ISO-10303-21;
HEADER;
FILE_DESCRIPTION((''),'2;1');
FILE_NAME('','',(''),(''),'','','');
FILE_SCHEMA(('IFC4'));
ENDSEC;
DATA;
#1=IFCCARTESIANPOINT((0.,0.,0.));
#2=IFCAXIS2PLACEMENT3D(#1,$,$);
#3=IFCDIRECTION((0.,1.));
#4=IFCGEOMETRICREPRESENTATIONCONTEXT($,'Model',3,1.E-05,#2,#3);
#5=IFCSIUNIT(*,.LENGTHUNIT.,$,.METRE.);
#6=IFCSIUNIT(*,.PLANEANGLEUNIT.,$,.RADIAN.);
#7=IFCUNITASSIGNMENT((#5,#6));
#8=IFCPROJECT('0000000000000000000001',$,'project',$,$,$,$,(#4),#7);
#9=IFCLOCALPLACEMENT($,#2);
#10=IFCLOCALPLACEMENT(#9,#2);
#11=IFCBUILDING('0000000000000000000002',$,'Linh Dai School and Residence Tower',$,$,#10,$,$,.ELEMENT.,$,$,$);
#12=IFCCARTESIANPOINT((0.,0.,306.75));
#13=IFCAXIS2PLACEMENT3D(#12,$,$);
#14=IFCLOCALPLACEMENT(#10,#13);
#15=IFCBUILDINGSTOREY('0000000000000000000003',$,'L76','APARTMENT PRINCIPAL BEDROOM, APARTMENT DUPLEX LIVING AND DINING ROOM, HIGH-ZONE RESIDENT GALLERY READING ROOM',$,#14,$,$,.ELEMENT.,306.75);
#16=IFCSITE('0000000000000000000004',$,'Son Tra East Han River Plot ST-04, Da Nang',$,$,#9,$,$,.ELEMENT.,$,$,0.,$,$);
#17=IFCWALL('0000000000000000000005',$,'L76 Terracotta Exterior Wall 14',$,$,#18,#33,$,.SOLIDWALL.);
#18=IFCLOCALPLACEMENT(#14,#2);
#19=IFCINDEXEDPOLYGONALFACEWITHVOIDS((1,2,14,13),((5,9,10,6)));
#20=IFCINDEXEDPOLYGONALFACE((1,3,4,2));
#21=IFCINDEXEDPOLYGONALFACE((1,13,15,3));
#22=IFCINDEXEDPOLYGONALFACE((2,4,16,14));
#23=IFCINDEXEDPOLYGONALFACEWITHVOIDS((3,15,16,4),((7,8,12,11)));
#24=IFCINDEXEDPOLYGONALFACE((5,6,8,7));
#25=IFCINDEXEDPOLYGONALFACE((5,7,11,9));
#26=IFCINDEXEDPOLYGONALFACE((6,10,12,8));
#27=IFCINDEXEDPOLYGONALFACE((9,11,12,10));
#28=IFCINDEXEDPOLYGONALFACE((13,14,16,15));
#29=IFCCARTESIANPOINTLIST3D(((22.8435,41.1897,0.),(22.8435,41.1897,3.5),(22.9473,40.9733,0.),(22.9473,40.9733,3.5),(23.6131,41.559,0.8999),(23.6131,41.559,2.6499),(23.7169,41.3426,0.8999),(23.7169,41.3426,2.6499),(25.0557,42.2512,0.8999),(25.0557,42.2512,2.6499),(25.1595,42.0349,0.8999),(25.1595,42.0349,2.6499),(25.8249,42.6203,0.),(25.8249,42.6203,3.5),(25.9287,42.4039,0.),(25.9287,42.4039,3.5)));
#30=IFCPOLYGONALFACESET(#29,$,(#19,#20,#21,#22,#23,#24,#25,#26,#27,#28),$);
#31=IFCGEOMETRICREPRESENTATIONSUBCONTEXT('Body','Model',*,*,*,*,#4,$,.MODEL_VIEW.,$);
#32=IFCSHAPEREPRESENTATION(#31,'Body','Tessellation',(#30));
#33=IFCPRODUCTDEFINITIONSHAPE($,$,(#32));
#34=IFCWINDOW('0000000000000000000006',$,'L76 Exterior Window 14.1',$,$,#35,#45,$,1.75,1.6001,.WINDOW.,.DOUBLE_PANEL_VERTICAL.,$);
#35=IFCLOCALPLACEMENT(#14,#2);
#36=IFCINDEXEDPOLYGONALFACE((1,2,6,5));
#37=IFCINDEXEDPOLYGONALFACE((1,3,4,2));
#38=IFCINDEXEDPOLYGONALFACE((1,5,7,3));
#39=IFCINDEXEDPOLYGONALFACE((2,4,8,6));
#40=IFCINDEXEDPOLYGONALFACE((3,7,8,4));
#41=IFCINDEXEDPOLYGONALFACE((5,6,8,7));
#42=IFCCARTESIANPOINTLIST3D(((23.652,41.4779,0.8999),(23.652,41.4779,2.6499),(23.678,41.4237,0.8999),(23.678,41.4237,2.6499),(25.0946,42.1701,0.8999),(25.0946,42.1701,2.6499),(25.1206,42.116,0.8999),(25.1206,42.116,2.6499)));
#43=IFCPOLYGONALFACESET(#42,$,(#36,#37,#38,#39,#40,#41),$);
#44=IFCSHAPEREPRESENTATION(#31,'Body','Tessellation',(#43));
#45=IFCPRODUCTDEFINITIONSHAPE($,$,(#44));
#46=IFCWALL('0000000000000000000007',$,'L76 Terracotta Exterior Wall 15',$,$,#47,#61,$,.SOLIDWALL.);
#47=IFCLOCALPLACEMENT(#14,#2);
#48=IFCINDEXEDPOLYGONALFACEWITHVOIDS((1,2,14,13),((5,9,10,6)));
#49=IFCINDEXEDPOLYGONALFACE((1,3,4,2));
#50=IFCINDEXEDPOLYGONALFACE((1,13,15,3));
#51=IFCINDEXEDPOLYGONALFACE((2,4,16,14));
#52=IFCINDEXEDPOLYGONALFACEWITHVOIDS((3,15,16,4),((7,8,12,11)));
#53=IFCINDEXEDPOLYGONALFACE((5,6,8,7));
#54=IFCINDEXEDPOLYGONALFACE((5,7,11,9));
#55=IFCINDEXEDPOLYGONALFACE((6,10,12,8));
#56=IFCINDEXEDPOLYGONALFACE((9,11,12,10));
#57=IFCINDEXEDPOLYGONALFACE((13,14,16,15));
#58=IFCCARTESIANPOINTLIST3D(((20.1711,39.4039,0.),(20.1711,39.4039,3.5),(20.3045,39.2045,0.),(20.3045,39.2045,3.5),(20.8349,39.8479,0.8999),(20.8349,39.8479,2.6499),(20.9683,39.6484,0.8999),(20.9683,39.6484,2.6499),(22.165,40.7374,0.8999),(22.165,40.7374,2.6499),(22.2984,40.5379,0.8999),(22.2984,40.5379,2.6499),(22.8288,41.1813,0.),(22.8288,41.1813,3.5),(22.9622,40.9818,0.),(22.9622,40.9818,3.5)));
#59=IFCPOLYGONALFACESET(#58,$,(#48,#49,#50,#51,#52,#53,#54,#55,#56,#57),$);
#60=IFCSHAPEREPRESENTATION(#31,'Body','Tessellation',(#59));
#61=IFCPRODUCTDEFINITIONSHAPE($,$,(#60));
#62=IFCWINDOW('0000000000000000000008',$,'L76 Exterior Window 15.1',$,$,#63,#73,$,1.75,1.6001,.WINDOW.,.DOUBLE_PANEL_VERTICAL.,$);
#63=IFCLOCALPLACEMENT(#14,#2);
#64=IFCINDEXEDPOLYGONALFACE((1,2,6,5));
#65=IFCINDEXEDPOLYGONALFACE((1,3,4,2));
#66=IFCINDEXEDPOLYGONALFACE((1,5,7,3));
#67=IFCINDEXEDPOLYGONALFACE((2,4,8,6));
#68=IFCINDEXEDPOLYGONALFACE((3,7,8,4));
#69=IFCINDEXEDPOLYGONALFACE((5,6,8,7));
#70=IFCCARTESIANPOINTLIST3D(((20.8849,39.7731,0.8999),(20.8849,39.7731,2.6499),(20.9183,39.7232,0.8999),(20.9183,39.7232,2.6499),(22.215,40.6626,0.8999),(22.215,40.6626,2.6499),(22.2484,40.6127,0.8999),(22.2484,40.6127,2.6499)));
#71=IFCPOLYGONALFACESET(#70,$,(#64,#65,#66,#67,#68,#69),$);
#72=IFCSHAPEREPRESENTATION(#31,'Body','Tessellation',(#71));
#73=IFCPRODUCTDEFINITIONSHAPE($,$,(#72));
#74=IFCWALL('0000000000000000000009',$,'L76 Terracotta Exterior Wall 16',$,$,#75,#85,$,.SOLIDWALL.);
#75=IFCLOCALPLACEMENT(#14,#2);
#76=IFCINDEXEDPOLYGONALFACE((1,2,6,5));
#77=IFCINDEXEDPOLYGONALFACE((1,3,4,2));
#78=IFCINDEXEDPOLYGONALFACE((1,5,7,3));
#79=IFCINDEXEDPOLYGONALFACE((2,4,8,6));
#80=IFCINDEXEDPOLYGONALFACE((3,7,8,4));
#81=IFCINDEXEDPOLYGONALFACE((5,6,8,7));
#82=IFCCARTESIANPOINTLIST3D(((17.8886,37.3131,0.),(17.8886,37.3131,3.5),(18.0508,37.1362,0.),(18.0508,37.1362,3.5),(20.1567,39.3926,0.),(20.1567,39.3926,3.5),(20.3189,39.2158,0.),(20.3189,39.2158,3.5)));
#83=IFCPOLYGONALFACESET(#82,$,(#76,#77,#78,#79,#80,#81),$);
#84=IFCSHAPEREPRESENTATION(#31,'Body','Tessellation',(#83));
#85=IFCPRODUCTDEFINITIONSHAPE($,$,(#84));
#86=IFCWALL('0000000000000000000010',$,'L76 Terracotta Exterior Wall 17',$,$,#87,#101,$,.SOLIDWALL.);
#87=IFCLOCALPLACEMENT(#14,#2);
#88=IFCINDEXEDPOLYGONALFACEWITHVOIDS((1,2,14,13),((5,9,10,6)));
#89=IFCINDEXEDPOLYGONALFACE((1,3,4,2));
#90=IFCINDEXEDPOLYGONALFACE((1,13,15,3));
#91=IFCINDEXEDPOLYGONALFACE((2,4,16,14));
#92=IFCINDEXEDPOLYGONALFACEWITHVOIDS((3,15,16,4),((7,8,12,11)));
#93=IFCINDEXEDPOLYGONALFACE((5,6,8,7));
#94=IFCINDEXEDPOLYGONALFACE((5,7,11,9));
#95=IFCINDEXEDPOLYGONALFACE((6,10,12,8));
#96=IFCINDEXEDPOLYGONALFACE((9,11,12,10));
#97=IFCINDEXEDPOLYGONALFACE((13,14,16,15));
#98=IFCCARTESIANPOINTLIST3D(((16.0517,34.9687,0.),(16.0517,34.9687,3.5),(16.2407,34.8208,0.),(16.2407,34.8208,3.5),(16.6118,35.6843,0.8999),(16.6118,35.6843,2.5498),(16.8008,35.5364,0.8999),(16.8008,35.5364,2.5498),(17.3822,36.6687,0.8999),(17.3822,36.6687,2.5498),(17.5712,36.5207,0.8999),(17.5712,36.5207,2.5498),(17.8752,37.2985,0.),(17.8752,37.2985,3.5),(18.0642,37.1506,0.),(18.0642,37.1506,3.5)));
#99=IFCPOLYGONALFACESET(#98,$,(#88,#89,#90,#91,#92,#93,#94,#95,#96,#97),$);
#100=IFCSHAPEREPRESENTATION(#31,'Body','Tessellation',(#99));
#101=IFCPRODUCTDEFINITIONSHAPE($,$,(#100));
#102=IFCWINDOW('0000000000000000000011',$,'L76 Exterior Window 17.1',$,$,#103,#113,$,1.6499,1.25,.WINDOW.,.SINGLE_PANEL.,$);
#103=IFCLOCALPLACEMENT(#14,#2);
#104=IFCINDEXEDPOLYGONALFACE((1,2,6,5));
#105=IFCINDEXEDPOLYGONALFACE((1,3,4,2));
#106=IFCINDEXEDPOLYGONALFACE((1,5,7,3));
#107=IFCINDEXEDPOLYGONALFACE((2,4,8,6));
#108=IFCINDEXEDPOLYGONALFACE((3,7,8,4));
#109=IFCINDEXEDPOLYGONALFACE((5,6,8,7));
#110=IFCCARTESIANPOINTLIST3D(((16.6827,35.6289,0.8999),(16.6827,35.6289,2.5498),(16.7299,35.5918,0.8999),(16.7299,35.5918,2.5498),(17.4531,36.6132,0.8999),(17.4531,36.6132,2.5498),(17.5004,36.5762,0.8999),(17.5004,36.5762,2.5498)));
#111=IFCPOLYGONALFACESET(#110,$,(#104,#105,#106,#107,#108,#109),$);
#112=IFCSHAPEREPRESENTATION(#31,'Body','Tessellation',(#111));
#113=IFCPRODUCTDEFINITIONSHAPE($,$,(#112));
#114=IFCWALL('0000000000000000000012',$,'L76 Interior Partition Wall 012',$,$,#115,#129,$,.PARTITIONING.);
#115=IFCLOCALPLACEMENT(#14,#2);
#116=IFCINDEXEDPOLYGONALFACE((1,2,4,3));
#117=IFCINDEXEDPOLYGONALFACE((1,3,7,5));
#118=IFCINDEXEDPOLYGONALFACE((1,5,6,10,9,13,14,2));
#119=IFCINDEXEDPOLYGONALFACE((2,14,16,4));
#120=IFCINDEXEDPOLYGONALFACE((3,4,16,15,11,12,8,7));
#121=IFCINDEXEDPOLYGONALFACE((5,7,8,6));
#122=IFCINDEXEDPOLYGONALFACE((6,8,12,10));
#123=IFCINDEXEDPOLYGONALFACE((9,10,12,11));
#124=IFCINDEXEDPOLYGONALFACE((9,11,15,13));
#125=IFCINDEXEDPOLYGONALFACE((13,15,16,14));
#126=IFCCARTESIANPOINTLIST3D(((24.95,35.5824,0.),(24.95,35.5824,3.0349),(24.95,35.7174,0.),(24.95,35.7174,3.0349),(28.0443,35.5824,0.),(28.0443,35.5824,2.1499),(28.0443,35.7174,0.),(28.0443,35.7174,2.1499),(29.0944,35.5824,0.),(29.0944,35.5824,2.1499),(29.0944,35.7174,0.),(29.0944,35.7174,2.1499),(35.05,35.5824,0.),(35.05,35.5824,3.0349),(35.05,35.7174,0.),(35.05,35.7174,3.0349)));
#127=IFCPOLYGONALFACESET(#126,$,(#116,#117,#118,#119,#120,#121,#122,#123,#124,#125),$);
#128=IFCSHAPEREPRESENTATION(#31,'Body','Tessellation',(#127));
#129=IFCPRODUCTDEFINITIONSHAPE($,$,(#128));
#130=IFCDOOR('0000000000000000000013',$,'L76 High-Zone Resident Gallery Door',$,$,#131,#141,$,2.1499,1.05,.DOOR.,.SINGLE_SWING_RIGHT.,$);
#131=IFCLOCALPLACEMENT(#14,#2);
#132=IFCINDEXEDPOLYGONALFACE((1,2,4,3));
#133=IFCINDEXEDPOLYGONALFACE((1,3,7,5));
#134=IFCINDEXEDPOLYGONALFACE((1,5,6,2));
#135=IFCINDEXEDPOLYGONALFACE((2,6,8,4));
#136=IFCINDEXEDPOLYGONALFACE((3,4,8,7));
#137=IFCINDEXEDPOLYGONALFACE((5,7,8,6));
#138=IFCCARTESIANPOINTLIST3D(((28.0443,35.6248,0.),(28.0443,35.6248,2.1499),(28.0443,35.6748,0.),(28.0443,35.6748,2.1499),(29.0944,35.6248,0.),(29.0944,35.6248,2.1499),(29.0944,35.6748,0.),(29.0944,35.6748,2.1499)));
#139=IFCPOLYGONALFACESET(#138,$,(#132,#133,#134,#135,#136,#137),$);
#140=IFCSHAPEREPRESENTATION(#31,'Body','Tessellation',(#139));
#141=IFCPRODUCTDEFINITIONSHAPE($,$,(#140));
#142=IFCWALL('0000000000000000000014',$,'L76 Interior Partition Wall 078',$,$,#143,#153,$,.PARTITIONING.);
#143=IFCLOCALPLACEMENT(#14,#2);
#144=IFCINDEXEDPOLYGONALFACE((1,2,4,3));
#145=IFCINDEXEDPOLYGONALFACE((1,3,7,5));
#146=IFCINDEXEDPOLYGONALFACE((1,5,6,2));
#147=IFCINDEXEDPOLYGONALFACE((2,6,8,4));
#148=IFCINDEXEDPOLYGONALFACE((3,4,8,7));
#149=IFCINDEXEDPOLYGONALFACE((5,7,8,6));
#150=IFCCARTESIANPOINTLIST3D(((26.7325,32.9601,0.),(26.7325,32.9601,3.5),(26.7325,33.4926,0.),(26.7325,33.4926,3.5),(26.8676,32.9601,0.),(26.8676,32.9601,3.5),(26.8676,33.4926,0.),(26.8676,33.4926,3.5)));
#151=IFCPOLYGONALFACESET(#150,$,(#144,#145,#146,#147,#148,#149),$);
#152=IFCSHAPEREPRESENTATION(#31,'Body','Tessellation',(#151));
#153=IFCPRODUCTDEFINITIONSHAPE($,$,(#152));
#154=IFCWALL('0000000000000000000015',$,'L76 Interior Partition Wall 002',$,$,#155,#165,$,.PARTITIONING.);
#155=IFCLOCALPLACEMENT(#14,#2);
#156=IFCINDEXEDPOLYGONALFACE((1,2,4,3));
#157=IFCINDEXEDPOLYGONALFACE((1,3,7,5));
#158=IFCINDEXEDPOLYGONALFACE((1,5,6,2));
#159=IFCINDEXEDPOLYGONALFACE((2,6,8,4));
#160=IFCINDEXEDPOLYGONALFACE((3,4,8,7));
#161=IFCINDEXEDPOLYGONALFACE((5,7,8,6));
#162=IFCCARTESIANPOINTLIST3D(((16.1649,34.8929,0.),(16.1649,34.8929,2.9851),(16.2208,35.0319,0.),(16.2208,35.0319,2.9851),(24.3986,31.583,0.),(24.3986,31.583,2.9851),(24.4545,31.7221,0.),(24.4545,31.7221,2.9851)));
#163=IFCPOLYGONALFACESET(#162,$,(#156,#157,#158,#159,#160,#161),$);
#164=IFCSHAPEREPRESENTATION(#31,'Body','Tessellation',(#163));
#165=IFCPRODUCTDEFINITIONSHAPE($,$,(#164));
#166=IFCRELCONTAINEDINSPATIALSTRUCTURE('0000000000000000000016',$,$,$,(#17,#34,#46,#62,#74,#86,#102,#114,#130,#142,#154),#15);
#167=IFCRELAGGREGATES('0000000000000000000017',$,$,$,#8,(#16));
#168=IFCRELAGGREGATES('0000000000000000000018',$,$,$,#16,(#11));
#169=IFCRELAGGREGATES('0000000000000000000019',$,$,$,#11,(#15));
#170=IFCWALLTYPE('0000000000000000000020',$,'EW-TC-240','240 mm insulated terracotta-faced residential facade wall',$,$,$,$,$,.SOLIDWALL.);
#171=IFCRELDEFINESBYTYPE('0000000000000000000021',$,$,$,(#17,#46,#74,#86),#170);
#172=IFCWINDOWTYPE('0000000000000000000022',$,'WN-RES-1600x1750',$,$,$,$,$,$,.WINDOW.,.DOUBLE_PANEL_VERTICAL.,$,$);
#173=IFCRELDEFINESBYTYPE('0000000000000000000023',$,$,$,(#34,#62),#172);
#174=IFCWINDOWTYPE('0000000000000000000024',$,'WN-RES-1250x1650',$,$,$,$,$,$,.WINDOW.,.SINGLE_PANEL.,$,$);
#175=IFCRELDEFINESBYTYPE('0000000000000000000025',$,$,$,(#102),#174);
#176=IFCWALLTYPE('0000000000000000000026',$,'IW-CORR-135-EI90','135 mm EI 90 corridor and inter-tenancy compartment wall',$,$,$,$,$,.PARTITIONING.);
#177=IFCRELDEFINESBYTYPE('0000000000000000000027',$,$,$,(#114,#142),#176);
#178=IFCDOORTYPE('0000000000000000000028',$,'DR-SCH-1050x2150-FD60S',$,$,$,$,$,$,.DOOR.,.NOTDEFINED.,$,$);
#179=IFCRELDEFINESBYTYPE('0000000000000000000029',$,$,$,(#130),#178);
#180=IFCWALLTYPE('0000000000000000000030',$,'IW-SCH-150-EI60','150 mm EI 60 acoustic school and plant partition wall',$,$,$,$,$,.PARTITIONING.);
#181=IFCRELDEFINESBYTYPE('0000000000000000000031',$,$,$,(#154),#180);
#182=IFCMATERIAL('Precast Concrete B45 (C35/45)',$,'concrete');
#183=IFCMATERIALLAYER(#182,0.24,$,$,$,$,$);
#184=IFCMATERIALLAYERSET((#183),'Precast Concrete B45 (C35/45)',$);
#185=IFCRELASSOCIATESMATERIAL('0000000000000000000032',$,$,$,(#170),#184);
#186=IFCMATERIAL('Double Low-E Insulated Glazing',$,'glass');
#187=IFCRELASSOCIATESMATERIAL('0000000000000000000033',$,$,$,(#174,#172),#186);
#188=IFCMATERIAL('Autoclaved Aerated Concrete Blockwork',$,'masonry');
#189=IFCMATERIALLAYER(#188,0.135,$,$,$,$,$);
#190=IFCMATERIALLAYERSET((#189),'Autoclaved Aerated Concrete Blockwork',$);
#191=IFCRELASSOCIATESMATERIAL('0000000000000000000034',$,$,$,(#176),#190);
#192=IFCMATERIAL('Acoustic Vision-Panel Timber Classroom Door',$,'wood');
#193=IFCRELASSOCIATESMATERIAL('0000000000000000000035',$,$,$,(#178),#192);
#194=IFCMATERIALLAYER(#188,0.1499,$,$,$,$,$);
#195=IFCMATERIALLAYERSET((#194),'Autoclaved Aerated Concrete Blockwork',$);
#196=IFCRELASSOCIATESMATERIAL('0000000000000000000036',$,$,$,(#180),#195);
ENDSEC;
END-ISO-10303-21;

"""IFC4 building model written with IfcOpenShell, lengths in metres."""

from ifc_helpers import new_model, si_unit, direction, frame, frame_2d, origin, origin_2d, place, context, subcontext, project, spatial, rectangle, extrude, source, transform, mapped, material, layer, layer_set, type_object, element, fill, save


model = new_model("IFC4")

# Units and contexts
model_context = context("Model", 3, precision=1e-05, world=origin(), true_north=direction((0.0, 1.0)))
body_context = subcontext(model_context, "Body", "Model", "MODEL_VIEW")
ifc_project = project(units=[si_unit("LENGTHUNIT", "METRE"), si_unit("PLANEANGLEUNIT", "RADIAN")], contexts=[model_context])

# Site, building, storey
site_placement = place(None, origin())
site = spatial("IfcSite", under=ifc_project, at=site_placement, Name="Son Tra East Han River Plot ST-04, Da Nang", CompositionType="ELEMENT", RefElevation=0.0)
building_placement = place(site_placement, origin())
building = spatial("IfcBuilding", under=site, at=building_placement, Name="Linh Dai School and Residence Tower", CompositionType="ELEMENT")
storey_placement = place(building_placement, frame((0.0, 0.0, 306.75)))
storey = spatial("IfcBuildingStorey", under=building, at=storey_placement, Name="L76", Description="APARTMENT PRINCIPAL BEDROOM, APARTMENT DUPLEX LIVING AND DINING ROOM, HIGH-ZONE RESIDENT GALLERY READING ROOM", CompositionType="ELEMENT", Elevation=306.75)

# Shared definitions
ifc_material_1 = material(Name="Precast Concrete B45 (C35/45)", Category="concrete")

# Walls, openings, windows
ifc_layer_1 = layer(ifc_material_1, 0.24)
ifc_layer_set_1 = layer_set([ifc_layer_1], Name="Precast Concrete B45 (C35/45)")
wall_type_1 = type_object("IfcWallType", Name="EW-TC-240", Description="240 mm insulated terracotta-faced residential facade wall", PredefinedType="SOLIDWALL", material=ifc_layer_set_1)
ifc_material_2 = material(Name="Double Low-E Insulated Glazing", Category="glass")
window_type_1 = type_object("IfcWindowType", Name="WN-RES-1250x1650", PartitioningType="SINGLE_PANEL", PredefinedType="WINDOW", material=ifc_material_2)
shared_shape_1 = source(origin(), body_context, "Body", "SweptSolid", [
    extrude(rectangle(XDim=1.25, YDim=1.6499, at=origin_2d()), frame((0.625, 0.03, 0.825), z_axis=(0.0, -1.0, 0.0), x_axis=(1.0, 0.0, 0.0)), (0.0, 0.0, 1.0), 0.0601),
])
wall_1_placement = place(storey_placement, frame((22.8955, 41.0815, 0.0), z_axis=(0.0, 0.0, 1.0), x_axis=(0.901574, 0.432625, 0.0)))
wall_1 = element("IfcWall", 1, at=wall_1_placement, inside=storey, type_object=wall_type_1, Name="L76 Terracotta Exterior Wall 14", PredefinedType="SOLIDWALL", context=body_context, shape_type="SweptSolid", body=[
    extrude(rectangle(XDim=3.3069, YDim=0.24, at=frame_2d((1.6533, 0.0))), origin(), (0.0, 0.0, 1.0), 3.5),
])
opening_1_placement = place(wall_1_placement, frame((0.8535, 0.0, 0.8999)))
opening_1 = element("IfcOpeningElement", 2, at=opening_1_placement, cuts=wall_1, PredefinedType="OPENING", context=body_context, shape_type="SweptSolid", body=[
    extrude(rectangle(XDim=1.6001, YDim=1.75, at=origin_2d()), frame((0.8, 0.1299, 0.875), z_axis=(0.0, -1.0, 0.0), x_axis=(1.0, 0.0, 0.0)), (0.0, 0.0, 1.0), 0.26),
])
window_type_2 = type_object("IfcWindowType", Name="WN-RES-1600x1750", PartitioningType="DOUBLE_PANEL_VERTICAL", PredefinedType="WINDOW", material=ifc_material_2)
shared_shape_2 = source(origin(), body_context, "Body", "SweptSolid", [
    extrude(rectangle(XDim=1.6001, YDim=1.75, at=origin_2d()), frame((0.8, 0.03, 0.875), z_axis=(0.0, -1.0, 0.0), x_axis=(1.0, 0.0, 0.0)), (0.0, 0.0, 1.0), 0.0601),
])
window_1_placement = place(opening_1_placement, origin())
window_1 = element("IfcWindow", 3, at=window_1_placement, inside=storey, type_object=window_type_2, Name="L76 Exterior Window 14.1", OverallHeight=1.75, OverallWidth=1.6001, PartitioningType="DOUBLE_PANEL_VERTICAL", PredefinedType="WINDOW", context=body_context, shape_type="MappedRepresentation", body=[
    mapped(shared_shape_2, transform((0.0, 0.0, 0.0), x_axis=(1.0, 0.0, 0.0), y_axis=(0.0, 1.0, 0.0), z_axis=(0.0, 0.0, 1.0), scale=1.0)),
])
fill(opening_1, window_1)
wall_2_placement = place(storey_placement, frame((20.2378, 39.3042, 0.0), z_axis=(0.0, 0.0, 1.0), x_axis=(0.831251, 0.555898, 0.0)))
wall_2 = element("IfcWall", 4, at=wall_2_placement, inside=storey, type_object=wall_type_1, Name="L76 Terracotta Exterior Wall 15", PredefinedType="SOLIDWALL", context=body_context, shape_type="SweptSolid", body=[
    extrude(rectangle(XDim=3.1973, YDim=0.24, at=frame_2d((1.5986, 0.0))), origin(), (0.0, 0.0, 1.0), 3.5),
])
opening_2_placement = place(wall_2_placement, frame((0.7986, 0.0, 0.8999)))
opening_2 = element("IfcOpeningElement", 5, at=opening_2_placement, cuts=wall_2, PredefinedType="OPENING", context=body_context, shape_type="SweptSolid", body=[
    extrude(rectangle(XDim=1.6001, YDim=1.75, at=origin_2d()), frame((0.8, 0.1299, 0.875), z_axis=(0.0, -1.0, 0.0), x_axis=(1.0, 0.0, 0.0)), (0.0, 0.0, 1.0), 0.26),
])
window_2_placement = place(opening_2_placement, origin())
window_2 = element("IfcWindow", 6, at=window_2_placement, inside=storey, type_object=window_type_2, Name="L76 Exterior Window 15.1", OverallHeight=1.75, OverallWidth=1.6001, PartitioningType="DOUBLE_PANEL_VERTICAL", PredefinedType="WINDOW", context=body_context, shape_type="MappedRepresentation", body=[
    mapped(shared_shape_2, transform((0.0, 0.0, 0.0), x_axis=(1.0, 0.0, 0.0), y_axis=(0.0, 1.0, 0.0), z_axis=(0.0, 0.0, 1.0), scale=1.0)),
])
fill(opening_2, window_2)

# Wall
wall_3_placement = place(storey_placement, frame((17.9697, 37.2246, 0.0), z_axis=(0.0, 0.0, 1.0), x_axis=(0.737069, 0.675818, 0.0)))
element("IfcWall", 7, at=wall_3_placement, inside=storey, type_object=wall_type_1, Name="L76 Terracotta Exterior Wall 16", PredefinedType="SOLIDWALL", context=body_context, shape_type="SweptSolid", body=[
    extrude(rectangle(XDim=3.0771, YDim=0.24, at=frame_2d((1.5386, 0.0))), origin(), (0.0, 0.0, 1.0), 3.5),
])

# Wall, opening, window
wall_4_placement = place(storey_placement, frame((16.1462, 34.8948, 0.0), z_axis=(0.0, 0.0, 1.0), x_axis=(0.616337, 0.787482, 0.0)))
wall_4 = element("IfcWall", 8, at=wall_4_placement, inside=storey, type_object=wall_type_1, Name="L76 Terracotta Exterior Wall 17", PredefinedType="SOLIDWALL", context=body_context, shape_type="SweptSolid", body=[
    extrude(rectangle(XDim=2.9585, YDim=0.24, at=frame_2d((1.4792, 0.0))), origin(), (0.0, 0.0, 1.0), 3.5),
])
opening_3_placement = place(wall_4_placement, frame((0.9087, 0.0, 0.8999)))
opening_3 = element("IfcOpeningElement", 9, at=opening_3_placement, cuts=wall_4, PredefinedType="OPENING", context=body_context, shape_type="SweptSolid", body=[
    extrude(rectangle(XDim=1.25, YDim=1.6499, at=origin_2d()), frame((0.625, 0.1299, 0.825), z_axis=(0.0, -1.0, 0.0), x_axis=(1.0, 0.0, 0.0)), (0.0, 0.0, 1.0), 0.26),
])
window_3_placement = place(opening_3_placement, origin())
window_3 = element("IfcWindow", 10, at=window_3_placement, inside=storey, type_object=window_type_1, Name="L76 Exterior Window 17.1", OverallHeight=1.6499, OverallWidth=1.25, PartitioningType="SINGLE_PANEL", PredefinedType="WINDOW", context=body_context, shape_type="MappedRepresentation", body=[
    mapped(shared_shape_1, transform((0.0, 0.0, 0.0), x_axis=(1.0, 0.0, 0.0), y_axis=(0.0, 1.0, 0.0), z_axis=(0.0, 0.0, 1.0), scale=1.0)),
])
fill(opening_3, window_3)

# Wall, opening, door
ifc_material_3 = material(Name="Autoclaved Aerated Concrete Blockwork", Category="masonry")
ifc_layer_2 = layer(ifc_material_3, 0.135)
ifc_layer_set_2 = layer_set([ifc_layer_2], Name="Autoclaved Aerated Concrete Blockwork")
wall_type_2 = type_object("IfcWallType", Name="IW-CORR-135-EI90", Description="135 mm EI 90 corridor and inter-tenancy compartment wall", PredefinedType="PARTITIONING", material=ifc_layer_set_2)
wall_5_placement = place(storey_placement, frame((24.95, 35.6499, 0.0), z_axis=(0.0, 0.0, 1.0), x_axis=(1.0, 0.0, 0.0)))
wall_5 = element("IfcWall", 11, at=wall_5_placement, inside=storey, type_object=wall_type_2, Name="L76 Interior Partition Wall 012", PredefinedType="PARTITIONING", context=body_context, shape_type="SweptSolid", body=[
    extrude(rectangle(XDim=10.1001, YDim=0.135, at=frame_2d((5.05, 0.0))), origin(), (0.0, 0.0, 1.0), 3.0349),
])
opening_4_placement = place(wall_5_placement, frame((3.0945, 0.0, 0.0)))
opening_4 = element("IfcOpeningElement", 12, at=opening_4_placement, cuts=wall_5, PredefinedType="OPENING", context=body_context, shape_type="SweptSolid", body=[
    extrude(rectangle(XDim=1.05, YDim=2.1499, at=origin_2d()), frame((0.5249, 0.0776, 1.075), z_axis=(0.0, -1.0, 0.0), x_axis=(1.0, 0.0, 0.0)), (0.0, 0.0, 1.0), 0.155),
])
ifc_material_4 = material(Name="Acoustic Vision-Panel Timber Classroom Door", Category="wood")
door_type = type_object("IfcDoorType", Name="DR-SCH-1050x2150-FD60S", OperationType="NOTDEFINED", PredefinedType="DOOR", material=ifc_material_4)
shared_shape_3 = source(origin(), body_context, "Body", "SweptSolid", [
    extrude(rectangle(XDim=1.05, YDim=2.1499, at=origin_2d()), frame((0.5249, 0.0249, 1.075), z_axis=(0.0, -1.0, 0.0), x_axis=(1.0, 0.0, 0.0)), (0.0, 0.0, 1.0), 0.05),
])
door_placement = place(opening_4_placement, origin())
door = element("IfcDoor", 13, at=door_placement, inside=storey, type_object=door_type, Name="L76 High-Zone Resident Gallery Door", OperationType="SINGLE_SWING_RIGHT", OverallHeight=2.1499, OverallWidth=1.05, PredefinedType="DOOR", context=body_context, shape_type="MappedRepresentation", body=[
    mapped(shared_shape_3, transform((0.0, 0.0, 0.0), x_axis=(1.0, 0.0, 0.0), y_axis=(0.0, 1.0, 0.0), z_axis=(0.0, 0.0, 1.0), scale=1.0)),
])
fill(opening_4, door)

# Walls
wall_6_placement = place(storey_placement, frame((26.8, 33.4924, 0.0), z_axis=(0.0, 0.0, 1.0), x_axis=(0.0, -1.0, 0.0)))
element("IfcWall", 14, at=wall_6_placement, inside=storey, type_object=wall_type_2, Name="L76 Interior Partition Wall 078", PredefinedType="PARTITIONING", context=body_context, shape_type="SweptSolid", body=[
    extrude(rectangle(XDim=0.5325, YDim=0.135, at=frame_2d((0.2661, 0.0))), origin(), (0.0, 0.0, 1.0), 3.5),
])
ifc_layer_3 = layer(ifc_material_3, 0.1499)
ifc_layer_set_3 = layer_set([ifc_layer_3], Name="Autoclaved Aerated Concrete Blockwork")
wall_type_3 = type_object("IfcWallType", Name="IW-SCH-150-EI60", Description="150 mm EI 60 acoustic school and plant partition wall", PredefinedType="PARTITIONING", material=ifc_layer_set_3)
wall_7_placement = place(storey_placement, frame((16.1929, 34.9624, 0.0), z_axis=(0.0, 0.0, 1.0), x_axis=(0.92784, -0.372979, 0.0)))
element("IfcWall", 15, at=wall_7_placement, inside=storey, type_object=wall_type_3, Name="L76 Interior Partition Wall 002", PredefinedType="PARTITIONING", context=body_context, shape_type="SweptSolid", body=[
    extrude(rectangle(XDim=8.874, YDim=0.1499, at=frame_2d((4.437, 0.0))), origin(), (0.0, 0.0, 1.0), 2.9851),
])

save(model, "model.ifc")
